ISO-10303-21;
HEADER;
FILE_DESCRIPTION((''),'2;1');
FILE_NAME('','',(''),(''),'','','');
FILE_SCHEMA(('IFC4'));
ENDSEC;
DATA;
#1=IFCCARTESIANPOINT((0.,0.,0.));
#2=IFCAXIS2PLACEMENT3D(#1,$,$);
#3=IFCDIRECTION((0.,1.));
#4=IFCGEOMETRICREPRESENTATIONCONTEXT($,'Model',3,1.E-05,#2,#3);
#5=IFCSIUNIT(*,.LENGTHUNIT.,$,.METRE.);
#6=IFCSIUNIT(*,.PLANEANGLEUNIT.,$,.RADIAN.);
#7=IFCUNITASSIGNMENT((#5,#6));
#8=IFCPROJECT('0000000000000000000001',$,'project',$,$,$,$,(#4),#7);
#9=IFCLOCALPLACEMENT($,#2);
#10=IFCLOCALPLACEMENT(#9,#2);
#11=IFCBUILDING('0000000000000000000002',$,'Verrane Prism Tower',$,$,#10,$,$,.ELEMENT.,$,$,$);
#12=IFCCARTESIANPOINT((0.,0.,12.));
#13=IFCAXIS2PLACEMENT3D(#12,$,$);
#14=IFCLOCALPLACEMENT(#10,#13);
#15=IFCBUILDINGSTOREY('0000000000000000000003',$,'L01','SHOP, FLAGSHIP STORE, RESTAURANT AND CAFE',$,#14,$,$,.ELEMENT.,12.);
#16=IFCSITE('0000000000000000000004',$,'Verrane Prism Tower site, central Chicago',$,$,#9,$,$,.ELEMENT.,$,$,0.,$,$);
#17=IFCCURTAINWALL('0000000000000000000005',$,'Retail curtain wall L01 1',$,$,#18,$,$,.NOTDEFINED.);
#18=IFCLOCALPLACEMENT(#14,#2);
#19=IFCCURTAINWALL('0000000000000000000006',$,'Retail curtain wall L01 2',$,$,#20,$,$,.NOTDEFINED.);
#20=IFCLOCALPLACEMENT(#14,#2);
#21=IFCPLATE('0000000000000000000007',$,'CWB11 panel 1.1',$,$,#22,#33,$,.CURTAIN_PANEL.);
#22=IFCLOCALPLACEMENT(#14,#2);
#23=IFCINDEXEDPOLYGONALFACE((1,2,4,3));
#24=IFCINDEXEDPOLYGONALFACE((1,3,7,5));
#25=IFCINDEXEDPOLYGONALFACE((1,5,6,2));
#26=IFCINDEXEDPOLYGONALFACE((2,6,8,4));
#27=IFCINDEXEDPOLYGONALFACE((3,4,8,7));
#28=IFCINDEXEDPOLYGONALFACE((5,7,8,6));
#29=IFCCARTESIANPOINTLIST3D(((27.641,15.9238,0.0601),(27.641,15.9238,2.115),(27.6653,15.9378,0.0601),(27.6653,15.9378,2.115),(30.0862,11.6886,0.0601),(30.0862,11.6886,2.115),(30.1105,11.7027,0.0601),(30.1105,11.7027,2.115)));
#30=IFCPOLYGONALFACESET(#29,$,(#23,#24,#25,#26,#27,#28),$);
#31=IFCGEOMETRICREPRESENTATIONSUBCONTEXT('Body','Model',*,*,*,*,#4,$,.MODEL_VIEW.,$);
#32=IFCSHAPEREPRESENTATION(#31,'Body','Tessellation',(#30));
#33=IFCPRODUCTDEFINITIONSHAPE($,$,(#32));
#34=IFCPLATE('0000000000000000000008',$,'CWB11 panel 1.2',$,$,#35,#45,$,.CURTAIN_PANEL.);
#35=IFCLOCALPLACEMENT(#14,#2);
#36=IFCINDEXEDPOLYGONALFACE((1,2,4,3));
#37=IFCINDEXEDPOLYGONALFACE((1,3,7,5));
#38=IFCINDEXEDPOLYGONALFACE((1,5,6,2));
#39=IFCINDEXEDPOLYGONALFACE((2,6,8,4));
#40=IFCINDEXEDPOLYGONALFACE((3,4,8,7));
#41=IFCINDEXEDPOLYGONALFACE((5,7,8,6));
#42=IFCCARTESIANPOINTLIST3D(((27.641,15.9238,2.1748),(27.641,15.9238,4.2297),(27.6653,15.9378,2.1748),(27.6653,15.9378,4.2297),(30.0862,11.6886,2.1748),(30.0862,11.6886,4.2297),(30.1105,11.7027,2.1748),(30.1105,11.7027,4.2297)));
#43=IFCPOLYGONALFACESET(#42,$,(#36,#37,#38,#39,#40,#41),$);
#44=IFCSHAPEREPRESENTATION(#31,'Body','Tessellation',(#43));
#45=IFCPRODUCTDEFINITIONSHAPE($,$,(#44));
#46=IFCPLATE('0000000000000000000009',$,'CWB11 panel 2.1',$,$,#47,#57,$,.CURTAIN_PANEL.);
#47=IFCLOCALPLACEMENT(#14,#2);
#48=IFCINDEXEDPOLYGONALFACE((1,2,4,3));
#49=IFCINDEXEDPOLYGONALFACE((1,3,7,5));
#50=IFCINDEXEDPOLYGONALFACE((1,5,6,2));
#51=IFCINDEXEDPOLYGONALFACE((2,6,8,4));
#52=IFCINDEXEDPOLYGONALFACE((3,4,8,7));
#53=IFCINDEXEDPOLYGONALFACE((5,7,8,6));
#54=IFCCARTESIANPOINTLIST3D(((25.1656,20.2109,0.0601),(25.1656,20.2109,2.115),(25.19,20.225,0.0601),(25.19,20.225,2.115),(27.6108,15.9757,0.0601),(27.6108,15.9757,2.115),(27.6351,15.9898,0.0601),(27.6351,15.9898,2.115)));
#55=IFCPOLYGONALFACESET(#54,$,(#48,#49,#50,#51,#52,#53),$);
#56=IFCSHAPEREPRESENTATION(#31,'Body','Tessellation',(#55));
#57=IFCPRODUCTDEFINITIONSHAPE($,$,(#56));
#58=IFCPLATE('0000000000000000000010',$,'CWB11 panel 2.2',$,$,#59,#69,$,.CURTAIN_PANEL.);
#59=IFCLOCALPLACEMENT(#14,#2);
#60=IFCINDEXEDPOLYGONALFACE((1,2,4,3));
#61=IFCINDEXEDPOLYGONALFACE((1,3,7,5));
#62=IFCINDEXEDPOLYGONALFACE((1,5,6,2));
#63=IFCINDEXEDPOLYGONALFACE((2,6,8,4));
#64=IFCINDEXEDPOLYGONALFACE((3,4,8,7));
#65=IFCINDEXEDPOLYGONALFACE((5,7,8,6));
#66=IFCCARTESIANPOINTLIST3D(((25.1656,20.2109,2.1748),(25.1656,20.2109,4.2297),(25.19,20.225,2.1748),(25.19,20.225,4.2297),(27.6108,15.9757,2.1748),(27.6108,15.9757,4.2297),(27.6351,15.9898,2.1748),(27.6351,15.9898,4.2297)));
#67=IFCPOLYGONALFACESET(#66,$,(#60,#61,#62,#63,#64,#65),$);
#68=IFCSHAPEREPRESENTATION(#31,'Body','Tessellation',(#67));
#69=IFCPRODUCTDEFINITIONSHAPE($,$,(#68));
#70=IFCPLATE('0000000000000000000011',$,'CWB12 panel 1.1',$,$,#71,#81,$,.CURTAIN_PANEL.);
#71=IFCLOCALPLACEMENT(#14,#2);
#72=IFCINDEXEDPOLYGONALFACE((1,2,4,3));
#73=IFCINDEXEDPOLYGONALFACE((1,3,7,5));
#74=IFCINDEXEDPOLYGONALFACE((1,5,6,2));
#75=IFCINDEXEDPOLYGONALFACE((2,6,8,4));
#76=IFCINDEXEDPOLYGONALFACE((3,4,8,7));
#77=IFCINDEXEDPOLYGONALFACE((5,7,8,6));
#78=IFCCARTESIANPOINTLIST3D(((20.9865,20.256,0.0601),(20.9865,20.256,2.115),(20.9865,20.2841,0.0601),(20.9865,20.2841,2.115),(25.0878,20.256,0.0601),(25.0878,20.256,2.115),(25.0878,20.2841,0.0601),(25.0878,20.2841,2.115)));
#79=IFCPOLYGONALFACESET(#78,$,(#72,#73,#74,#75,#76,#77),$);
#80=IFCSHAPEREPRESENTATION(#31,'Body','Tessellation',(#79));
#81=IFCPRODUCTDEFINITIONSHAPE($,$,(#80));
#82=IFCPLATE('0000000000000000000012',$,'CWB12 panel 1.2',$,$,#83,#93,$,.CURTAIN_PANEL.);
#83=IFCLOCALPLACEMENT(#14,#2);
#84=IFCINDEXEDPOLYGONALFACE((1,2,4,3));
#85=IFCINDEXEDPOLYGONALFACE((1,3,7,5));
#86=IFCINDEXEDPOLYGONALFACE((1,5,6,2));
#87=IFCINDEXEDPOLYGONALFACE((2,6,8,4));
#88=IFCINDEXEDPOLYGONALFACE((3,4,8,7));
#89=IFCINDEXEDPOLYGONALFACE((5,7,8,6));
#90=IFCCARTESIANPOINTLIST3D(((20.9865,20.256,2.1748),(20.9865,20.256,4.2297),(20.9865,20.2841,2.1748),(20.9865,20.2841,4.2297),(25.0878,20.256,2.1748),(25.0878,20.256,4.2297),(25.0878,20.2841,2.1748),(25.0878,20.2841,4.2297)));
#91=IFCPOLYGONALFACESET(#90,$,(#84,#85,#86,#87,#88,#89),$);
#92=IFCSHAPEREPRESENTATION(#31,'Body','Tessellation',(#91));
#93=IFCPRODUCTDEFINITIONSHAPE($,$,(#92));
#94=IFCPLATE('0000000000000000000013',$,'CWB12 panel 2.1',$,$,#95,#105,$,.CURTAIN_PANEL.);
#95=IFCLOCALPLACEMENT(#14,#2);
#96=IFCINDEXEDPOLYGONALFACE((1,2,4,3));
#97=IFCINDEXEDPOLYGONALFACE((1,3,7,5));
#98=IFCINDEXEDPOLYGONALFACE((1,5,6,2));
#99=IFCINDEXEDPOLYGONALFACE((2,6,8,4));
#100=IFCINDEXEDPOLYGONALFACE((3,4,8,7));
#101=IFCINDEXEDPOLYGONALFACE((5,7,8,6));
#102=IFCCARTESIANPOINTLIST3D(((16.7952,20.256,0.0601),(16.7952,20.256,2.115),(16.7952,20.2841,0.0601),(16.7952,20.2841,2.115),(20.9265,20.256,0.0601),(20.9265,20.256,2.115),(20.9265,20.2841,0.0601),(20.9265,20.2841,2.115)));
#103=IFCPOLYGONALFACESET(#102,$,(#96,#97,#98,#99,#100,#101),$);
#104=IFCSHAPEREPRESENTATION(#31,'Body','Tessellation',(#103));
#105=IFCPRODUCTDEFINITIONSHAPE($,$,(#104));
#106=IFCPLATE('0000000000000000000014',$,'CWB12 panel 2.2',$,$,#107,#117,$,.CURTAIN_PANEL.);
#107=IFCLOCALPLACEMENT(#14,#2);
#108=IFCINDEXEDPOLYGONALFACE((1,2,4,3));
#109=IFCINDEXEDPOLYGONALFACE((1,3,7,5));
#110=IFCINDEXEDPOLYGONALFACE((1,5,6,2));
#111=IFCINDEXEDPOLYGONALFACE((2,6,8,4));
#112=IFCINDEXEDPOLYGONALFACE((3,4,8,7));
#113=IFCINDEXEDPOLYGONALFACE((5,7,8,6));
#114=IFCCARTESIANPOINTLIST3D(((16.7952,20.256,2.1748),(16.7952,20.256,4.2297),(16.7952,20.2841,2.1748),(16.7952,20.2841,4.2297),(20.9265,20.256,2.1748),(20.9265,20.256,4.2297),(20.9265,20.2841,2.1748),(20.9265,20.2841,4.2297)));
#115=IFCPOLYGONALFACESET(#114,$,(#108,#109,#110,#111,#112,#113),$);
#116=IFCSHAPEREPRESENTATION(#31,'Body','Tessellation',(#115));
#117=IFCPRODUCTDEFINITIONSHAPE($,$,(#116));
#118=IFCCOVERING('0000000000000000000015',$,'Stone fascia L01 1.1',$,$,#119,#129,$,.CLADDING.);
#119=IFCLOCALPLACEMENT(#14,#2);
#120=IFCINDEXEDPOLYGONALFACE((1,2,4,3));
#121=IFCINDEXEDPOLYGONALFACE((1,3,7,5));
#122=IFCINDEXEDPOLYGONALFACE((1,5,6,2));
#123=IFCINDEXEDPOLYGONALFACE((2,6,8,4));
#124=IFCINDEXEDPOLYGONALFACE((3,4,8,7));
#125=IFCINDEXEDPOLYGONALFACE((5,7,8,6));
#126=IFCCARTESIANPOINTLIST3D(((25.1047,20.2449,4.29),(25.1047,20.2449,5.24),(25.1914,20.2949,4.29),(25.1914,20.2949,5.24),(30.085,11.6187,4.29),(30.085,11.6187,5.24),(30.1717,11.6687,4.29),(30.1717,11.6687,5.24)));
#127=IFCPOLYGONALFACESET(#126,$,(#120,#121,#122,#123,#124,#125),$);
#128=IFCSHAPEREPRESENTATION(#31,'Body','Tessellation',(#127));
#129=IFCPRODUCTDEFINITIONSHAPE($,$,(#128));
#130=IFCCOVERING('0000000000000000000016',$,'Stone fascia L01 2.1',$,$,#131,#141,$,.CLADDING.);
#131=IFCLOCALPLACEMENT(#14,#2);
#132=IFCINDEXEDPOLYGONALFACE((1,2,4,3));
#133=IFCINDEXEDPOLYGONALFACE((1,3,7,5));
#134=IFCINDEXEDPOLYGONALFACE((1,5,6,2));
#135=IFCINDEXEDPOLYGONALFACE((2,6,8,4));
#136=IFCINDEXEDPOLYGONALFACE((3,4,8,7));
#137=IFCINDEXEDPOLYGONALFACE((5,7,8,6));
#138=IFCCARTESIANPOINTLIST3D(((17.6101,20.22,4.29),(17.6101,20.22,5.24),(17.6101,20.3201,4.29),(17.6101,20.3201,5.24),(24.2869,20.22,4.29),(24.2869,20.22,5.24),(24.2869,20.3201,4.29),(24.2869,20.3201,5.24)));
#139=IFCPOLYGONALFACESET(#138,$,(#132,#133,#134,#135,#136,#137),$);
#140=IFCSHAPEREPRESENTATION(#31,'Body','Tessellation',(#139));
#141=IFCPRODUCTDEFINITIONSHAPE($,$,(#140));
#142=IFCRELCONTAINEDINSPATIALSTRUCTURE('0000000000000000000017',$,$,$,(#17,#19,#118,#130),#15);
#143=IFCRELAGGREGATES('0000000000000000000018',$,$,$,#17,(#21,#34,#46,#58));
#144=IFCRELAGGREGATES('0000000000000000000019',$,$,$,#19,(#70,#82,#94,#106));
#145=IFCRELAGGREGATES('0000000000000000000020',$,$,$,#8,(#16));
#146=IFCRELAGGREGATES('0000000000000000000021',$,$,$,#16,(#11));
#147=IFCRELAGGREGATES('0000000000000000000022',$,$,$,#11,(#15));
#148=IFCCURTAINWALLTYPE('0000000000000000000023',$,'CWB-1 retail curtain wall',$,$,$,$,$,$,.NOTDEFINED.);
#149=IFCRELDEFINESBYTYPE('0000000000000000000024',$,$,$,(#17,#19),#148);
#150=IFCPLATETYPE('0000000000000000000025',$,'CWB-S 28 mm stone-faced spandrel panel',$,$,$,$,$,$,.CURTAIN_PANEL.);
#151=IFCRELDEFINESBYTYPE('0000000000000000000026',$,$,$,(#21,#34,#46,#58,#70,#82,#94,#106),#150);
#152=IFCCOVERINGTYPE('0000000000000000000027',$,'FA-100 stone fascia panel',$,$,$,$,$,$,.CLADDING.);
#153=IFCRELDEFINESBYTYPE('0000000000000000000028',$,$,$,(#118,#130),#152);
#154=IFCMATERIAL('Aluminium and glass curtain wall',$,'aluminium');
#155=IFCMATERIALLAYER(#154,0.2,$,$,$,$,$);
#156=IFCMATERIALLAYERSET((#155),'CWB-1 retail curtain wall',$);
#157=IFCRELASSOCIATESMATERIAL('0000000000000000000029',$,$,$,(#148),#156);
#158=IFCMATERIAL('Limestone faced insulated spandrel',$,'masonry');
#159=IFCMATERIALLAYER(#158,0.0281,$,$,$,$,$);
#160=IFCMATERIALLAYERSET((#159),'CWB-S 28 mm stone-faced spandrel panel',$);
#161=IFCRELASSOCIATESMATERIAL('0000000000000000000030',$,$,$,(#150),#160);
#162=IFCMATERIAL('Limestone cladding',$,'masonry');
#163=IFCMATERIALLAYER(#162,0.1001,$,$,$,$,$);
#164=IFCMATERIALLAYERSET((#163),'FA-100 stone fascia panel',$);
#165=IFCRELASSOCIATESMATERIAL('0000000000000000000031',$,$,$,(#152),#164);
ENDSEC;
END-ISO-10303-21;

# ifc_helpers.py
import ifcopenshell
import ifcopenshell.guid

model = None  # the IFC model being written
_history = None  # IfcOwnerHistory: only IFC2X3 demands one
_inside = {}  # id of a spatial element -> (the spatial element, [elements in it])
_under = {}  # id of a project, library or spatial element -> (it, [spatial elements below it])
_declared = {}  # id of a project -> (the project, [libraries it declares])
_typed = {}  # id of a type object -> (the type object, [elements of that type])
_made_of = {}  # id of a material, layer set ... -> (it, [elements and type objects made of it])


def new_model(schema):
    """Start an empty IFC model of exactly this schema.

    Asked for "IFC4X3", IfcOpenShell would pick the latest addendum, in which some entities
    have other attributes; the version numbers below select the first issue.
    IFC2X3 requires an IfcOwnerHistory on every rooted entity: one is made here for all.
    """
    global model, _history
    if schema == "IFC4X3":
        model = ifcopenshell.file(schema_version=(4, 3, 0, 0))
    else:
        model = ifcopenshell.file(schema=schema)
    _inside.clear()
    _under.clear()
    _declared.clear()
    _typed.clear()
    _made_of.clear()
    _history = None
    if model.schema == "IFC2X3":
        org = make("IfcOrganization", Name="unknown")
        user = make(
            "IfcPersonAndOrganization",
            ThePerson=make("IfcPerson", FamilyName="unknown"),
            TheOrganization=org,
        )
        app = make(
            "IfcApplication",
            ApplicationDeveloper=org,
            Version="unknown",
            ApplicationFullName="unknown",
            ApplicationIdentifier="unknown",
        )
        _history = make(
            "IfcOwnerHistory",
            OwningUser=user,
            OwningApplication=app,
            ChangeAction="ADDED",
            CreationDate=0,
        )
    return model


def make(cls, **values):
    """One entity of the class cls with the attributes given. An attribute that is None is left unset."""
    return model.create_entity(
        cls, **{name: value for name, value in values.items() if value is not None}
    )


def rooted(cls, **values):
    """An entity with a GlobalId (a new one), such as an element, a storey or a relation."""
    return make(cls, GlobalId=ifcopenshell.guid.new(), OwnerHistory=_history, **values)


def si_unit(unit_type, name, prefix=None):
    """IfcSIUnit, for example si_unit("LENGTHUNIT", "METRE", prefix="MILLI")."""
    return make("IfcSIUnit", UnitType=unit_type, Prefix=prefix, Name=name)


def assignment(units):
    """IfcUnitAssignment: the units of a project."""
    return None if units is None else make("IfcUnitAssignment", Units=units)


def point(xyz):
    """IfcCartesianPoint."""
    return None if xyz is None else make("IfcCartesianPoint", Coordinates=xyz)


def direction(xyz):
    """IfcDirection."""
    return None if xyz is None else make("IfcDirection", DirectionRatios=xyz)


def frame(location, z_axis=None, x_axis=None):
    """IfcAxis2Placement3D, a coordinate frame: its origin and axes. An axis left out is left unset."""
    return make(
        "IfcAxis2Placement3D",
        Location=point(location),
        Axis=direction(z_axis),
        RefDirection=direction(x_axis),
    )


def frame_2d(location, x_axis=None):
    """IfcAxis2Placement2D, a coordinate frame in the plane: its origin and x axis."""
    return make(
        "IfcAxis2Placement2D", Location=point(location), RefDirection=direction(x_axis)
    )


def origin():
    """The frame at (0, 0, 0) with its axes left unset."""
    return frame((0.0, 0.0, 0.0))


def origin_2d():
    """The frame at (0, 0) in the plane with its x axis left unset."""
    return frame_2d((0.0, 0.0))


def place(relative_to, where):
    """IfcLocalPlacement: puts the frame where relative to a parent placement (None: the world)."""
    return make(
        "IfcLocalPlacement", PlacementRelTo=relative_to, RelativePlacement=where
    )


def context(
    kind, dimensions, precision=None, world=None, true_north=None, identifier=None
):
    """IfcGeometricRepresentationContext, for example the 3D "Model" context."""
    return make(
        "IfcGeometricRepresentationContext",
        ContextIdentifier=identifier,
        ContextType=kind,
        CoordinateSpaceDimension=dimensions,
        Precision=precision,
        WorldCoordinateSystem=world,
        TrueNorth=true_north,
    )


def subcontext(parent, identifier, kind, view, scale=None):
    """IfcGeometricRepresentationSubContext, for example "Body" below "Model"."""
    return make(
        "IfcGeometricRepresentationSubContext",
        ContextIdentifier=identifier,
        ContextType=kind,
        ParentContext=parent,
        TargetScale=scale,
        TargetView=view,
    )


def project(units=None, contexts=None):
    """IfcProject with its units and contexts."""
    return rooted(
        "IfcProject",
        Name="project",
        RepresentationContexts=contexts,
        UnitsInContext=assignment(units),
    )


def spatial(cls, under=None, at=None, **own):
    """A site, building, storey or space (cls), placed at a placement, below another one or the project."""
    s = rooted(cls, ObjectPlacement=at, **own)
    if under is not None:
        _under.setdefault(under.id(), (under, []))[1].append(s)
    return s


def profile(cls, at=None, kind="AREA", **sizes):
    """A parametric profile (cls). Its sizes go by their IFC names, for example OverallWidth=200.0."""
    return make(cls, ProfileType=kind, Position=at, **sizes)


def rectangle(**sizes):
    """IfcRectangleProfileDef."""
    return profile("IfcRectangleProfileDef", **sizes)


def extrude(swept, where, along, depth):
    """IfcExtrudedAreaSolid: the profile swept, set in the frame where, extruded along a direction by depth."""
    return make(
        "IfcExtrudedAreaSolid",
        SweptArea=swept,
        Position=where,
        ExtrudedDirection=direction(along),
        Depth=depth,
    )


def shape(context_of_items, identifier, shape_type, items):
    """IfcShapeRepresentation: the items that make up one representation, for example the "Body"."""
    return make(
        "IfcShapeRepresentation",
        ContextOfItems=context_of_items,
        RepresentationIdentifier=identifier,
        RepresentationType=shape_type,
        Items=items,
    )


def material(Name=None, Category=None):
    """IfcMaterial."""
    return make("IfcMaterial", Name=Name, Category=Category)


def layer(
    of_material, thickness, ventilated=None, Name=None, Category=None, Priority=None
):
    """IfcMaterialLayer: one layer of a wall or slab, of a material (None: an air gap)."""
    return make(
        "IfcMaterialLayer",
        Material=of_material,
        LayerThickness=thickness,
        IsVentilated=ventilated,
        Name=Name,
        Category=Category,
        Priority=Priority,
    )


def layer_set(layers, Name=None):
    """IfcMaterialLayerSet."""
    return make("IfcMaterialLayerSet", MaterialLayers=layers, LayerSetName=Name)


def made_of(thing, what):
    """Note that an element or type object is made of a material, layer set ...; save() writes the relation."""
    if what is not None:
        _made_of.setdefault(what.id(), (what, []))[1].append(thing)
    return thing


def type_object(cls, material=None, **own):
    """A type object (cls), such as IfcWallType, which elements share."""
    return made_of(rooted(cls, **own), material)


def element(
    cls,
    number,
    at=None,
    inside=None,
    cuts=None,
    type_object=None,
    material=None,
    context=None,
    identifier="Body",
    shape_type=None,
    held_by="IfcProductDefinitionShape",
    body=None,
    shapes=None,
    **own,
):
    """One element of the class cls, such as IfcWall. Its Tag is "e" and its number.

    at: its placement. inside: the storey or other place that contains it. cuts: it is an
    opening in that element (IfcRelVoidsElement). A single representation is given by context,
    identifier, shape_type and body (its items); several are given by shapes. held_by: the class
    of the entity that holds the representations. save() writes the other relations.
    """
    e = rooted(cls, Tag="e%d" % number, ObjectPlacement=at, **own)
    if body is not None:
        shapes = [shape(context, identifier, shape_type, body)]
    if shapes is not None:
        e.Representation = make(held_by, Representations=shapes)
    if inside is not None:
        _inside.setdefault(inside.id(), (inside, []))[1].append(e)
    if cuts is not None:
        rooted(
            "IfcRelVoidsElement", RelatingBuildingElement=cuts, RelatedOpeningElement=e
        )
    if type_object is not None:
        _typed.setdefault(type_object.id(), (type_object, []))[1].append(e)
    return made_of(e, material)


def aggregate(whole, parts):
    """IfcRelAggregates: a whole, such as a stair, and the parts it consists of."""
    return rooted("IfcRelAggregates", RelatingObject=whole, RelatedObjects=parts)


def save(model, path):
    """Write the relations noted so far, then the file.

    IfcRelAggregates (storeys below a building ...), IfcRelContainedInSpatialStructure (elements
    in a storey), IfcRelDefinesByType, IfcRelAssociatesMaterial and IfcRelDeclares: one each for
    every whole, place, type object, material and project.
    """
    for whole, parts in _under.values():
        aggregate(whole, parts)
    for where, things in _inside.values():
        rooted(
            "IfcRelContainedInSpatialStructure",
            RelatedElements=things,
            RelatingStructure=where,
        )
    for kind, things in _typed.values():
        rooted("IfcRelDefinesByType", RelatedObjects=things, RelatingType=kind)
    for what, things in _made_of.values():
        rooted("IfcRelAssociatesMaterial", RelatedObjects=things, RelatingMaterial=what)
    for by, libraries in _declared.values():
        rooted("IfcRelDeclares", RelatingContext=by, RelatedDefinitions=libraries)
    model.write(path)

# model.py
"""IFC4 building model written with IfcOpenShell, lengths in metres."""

from ifc_helpers import new_model, si_unit, direction, frame, origin, origin_2d, place, context, subcontext, project, spatial, rectangle, extrude, material, layer, layer_set, type_object, element, aggregate, save


model = new_model("IFC4")

# Units and contexts
model_context = context("Model", 3, precision=1e-05, world=origin(), true_north=direction((0.0, 1.0)))
body_context = subcontext(model_context, "Body", "Model", "MODEL_VIEW")
ifc_project = project(units=[si_unit("LENGTHUNIT", "METRE"), si_unit("PLANEANGLEUNIT", "RADIAN")], contexts=[model_context])

# Site, building, storey
site_placement = place(None, origin())
site = spatial("IfcSite", under=ifc_project, at=site_placement, Name="Verrane Prism Tower site, central Chicago", CompositionType="ELEMENT", RefElevation=0.0)
building_placement = place(site_placement, origin())
building = spatial("IfcBuilding", under=site, at=building_placement, Name="Verrane Prism Tower", CompositionType="ELEMENT")
storey_placement = place(building_placement, frame((0.0, 0.0, 12.0)))
storey = spatial("IfcBuildingStorey", under=building, at=storey_placement, Name="L01", Description="SHOP, FLAGSHIP STORE, RESTAURANT AND CAFE", CompositionType="ELEMENT", Elevation=12.0)

# Curtain walls
ifc_material_1 = material(Name="Aluminium and glass curtain wall", Category="aluminium")
ifc_layer_1 = layer(ifc_material_1, 0.2)
ifc_layer_set_1 = layer_set([ifc_layer_1], Name="CWB-1 retail curtain wall")
curtain_wall_type = type_object("IfcCurtainWallType", Name="CWB-1 retail curtain wall", PredefinedType="NOTDEFINED", material=ifc_layer_set_1)
curtain_wall_1_placement = place(storey_placement, origin())
curtain_wall_1 = element("IfcCurtainWall", 1, at=curtain_wall_1_placement, inside=storey, type_object=curtain_wall_type, Name="Retail curtain wall L01 1", PredefinedType="NOTDEFINED")
curtain_wall_2_placement = place(storey_placement, origin())
curtain_wall_2 = element("IfcCurtainWall", 2, at=curtain_wall_2_placement, inside=storey, type_object=curtain_wall_type, Name="Retail curtain wall L01 2", PredefinedType="NOTDEFINED")

# Plates
ifc_material_2 = material(Name="Limestone faced insulated spandrel", Category="masonry")
ifc_layer_2 = layer(ifc_material_2, 0.0281)
ifc_layer_set_2 = layer_set([ifc_layer_2], Name="CWB-S 28 mm stone-faced spandrel panel")
plate_type = type_object("IfcPlateType", Name="CWB-S 28 mm stone-faced spandrel panel", PredefinedType="CURTAIN_PANEL", material=ifc_layer_set_2)
plate_1_placement = place(storey_placement, frame((28.8757, 13.8132, 0.0601), z_axis=(0.0, 0.0, 1.0), x_axis=(-0.499999, 0.866026, 0.0)))
plate_1 = element("IfcPlate", 3, at=plate_1_placement, type_object=plate_type, Name="CWB11 panel 1.1", PredefinedType="CURTAIN_PANEL", context=body_context, shape_type="SweptSolid", body=[
    extrude(rectangle(XDim=4.8904, YDim=0.0281, at=origin_2d()), origin(), (0.0, 0.0, 1.0), 2.0549),
])
plate_2_placement = place(storey_placement, frame((28.8757, 13.8132, 2.1748), z_axis=(0.0, 0.0, 1.0), x_axis=(-0.499999, 0.866026, 0.0)))
plate_2 = element("IfcPlate", 4, at=plate_2_placement, type_object=plate_type, Name="CWB11 panel 1.2", PredefinedType="CURTAIN_PANEL", context=body_context, shape_type="SweptSolid", body=[
    extrude(rectangle(XDim=4.8904, YDim=0.0281, at=origin_2d()), origin(), (0.0, 0.0, 1.0), 2.0549),
])
plate_3_placement = place(storey_placement, frame((26.4004, 18.1003, 0.0601), z_axis=(0.0, 0.0, 1.0), x_axis=(-0.499999, 0.866026, 0.0)))
plate_3 = element("IfcPlate", 5, at=plate_3_placement, type_object=plate_type, Name="CWB11 panel 2.1", PredefinedType="CURTAIN_PANEL", context=body_context, shape_type="SweptSolid", body=[
    extrude(rectangle(XDim=4.8904, YDim=0.0281, at=origin_2d()), origin(), (0.0, 0.0, 1.0), 2.0549),
])
plate_4_placement = place(storey_placement, frame((26.4004, 18.1003, 2.1748), z_axis=(0.0, 0.0, 1.0), x_axis=(-0.499999, 0.866026, 0.0)))
plate_4 = element("IfcPlate", 6, at=plate_4_placement, type_object=plate_type, Name="CWB11 panel 2.2", PredefinedType="CURTAIN_PANEL", context=body_context, shape_type="SweptSolid", body=[
    extrude(rectangle(XDim=4.8904, YDim=0.0281, at=origin_2d()), origin(), (0.0, 0.0, 1.0), 2.0549),
])
aggregate(curtain_wall_1, [plate_1, plate_2, plate_3, plate_4])
plate_5_placement = place(storey_placement, frame((23.0371, 20.27, 0.0601), z_axis=(0.0, 0.0, 1.0), x_axis=(-1.0, 0.0, 0.0)))
plate_5 = element("IfcPlate", 7, at=plate_5_placement, type_object=plate_type, Name="CWB12 panel 1.1", PredefinedType="CURTAIN_PANEL", context=body_context, shape_type="SweptSolid", body=[
    extrude(rectangle(XDim=4.1013, YDim=0.0281, at=origin_2d()), origin(), (0.0, 0.0, 1.0), 2.0549),
])
plate_6_placement = place(storey_placement, frame((23.0371, 20.27, 2.1748), z_axis=(0.0, 0.0, 1.0), x_axis=(-1.0, 0.0, 0.0)))
plate_6 = element("IfcPlate", 8, at=plate_6_placement, type_object=plate_type, Name="CWB12 panel 1.2", PredefinedType="CURTAIN_PANEL", context=body_context, shape_type="SweptSolid", body=[
    extrude(rectangle(XDim=4.1013, YDim=0.0281, at=origin_2d()), origin(), (0.0, 0.0, 1.0), 2.0549),
])
plate_7_placement = place(storey_placement, frame((18.8608, 20.27, 0.0601), z_axis=(0.0, 0.0, 1.0), x_axis=(-1.0, 0.0, 0.0)))
plate_7 = element("IfcPlate", 9, at=plate_7_placement, type_object=plate_type, Name="CWB12 panel 2.1", PredefinedType="CURTAIN_PANEL", context=body_context, shape_type="SweptSolid", body=[
    extrude(rectangle(XDim=4.1313, YDim=0.0281, at=origin_2d()), origin(), (0.0, 0.0, 1.0), 2.0549),
])
plate_8_placement = place(storey_placement, frame((18.8608, 20.27, 2.1748), z_axis=(0.0, 0.0, 1.0), x_axis=(-1.0, 0.0, 0.0)))
plate_8 = element("IfcPlate", 10, at=plate_8_placement, type_object=plate_type, Name="CWB12 panel 2.2", PredefinedType="CURTAIN_PANEL", context=body_context, shape_type="SweptSolid", body=[
    extrude(rectangle(XDim=4.1313, YDim=0.0281, at=origin_2d()), origin(), (0.0, 0.0, 1.0), 2.0549),
])
aggregate(curtain_wall_2, [plate_5, plate_6, plate_7, plate_8])

# Coverings
ifc_material_3 = material(Name="Limestone cladding", Category="masonry")
ifc_layer_3 = layer(ifc_material_3, 0.1001)
ifc_layer_set_3 = layer_set([ifc_layer_3], Name="FA-100 stone fascia panel")
covering_type = type_object("IfcCoveringType", Name="FA-100 stone fascia panel", PredefinedType="CLADDING", material=ifc_layer_set_3)
covering_1_placement = place(storey_placement, frame((27.6382, 15.9568, 4.29), z_axis=(0.0, 0.0, 1.0), x_axis=(-0.499999, 0.866026, 0.0)))
element("IfcCovering", 11, at=covering_1_placement, inside=storey, type_object=covering_type, Name="Stone fascia L01 1.1", PredefinedType="CLADDING", context=body_context, shape_type="SweptSolid", body=[
    extrude(rectangle(XDim=9.9607, YDim=0.1001, at=origin_2d()), origin(), (0.0, 0.0, 1.0), 0.95),
])
covering_2_placement = place(storey_placement, frame((20.9485, 20.27, 4.29), z_axis=(0.0, 0.0, 1.0), x_axis=(-1.0, 0.0, 0.0)))
element("IfcCovering", 12, at=covering_2_placement, inside=storey, type_object=covering_type, Name="Stone fascia L01 2.1", PredefinedType="CLADDING", context=body_context, shape_type="SweptSolid", body=[
    extrude(rectangle(XDim=6.6768, YDim=0.1001, at=origin_2d()), origin(), (0.0, 0.0, 1.0), 0.95),
])

save(model, "model.ifc")
